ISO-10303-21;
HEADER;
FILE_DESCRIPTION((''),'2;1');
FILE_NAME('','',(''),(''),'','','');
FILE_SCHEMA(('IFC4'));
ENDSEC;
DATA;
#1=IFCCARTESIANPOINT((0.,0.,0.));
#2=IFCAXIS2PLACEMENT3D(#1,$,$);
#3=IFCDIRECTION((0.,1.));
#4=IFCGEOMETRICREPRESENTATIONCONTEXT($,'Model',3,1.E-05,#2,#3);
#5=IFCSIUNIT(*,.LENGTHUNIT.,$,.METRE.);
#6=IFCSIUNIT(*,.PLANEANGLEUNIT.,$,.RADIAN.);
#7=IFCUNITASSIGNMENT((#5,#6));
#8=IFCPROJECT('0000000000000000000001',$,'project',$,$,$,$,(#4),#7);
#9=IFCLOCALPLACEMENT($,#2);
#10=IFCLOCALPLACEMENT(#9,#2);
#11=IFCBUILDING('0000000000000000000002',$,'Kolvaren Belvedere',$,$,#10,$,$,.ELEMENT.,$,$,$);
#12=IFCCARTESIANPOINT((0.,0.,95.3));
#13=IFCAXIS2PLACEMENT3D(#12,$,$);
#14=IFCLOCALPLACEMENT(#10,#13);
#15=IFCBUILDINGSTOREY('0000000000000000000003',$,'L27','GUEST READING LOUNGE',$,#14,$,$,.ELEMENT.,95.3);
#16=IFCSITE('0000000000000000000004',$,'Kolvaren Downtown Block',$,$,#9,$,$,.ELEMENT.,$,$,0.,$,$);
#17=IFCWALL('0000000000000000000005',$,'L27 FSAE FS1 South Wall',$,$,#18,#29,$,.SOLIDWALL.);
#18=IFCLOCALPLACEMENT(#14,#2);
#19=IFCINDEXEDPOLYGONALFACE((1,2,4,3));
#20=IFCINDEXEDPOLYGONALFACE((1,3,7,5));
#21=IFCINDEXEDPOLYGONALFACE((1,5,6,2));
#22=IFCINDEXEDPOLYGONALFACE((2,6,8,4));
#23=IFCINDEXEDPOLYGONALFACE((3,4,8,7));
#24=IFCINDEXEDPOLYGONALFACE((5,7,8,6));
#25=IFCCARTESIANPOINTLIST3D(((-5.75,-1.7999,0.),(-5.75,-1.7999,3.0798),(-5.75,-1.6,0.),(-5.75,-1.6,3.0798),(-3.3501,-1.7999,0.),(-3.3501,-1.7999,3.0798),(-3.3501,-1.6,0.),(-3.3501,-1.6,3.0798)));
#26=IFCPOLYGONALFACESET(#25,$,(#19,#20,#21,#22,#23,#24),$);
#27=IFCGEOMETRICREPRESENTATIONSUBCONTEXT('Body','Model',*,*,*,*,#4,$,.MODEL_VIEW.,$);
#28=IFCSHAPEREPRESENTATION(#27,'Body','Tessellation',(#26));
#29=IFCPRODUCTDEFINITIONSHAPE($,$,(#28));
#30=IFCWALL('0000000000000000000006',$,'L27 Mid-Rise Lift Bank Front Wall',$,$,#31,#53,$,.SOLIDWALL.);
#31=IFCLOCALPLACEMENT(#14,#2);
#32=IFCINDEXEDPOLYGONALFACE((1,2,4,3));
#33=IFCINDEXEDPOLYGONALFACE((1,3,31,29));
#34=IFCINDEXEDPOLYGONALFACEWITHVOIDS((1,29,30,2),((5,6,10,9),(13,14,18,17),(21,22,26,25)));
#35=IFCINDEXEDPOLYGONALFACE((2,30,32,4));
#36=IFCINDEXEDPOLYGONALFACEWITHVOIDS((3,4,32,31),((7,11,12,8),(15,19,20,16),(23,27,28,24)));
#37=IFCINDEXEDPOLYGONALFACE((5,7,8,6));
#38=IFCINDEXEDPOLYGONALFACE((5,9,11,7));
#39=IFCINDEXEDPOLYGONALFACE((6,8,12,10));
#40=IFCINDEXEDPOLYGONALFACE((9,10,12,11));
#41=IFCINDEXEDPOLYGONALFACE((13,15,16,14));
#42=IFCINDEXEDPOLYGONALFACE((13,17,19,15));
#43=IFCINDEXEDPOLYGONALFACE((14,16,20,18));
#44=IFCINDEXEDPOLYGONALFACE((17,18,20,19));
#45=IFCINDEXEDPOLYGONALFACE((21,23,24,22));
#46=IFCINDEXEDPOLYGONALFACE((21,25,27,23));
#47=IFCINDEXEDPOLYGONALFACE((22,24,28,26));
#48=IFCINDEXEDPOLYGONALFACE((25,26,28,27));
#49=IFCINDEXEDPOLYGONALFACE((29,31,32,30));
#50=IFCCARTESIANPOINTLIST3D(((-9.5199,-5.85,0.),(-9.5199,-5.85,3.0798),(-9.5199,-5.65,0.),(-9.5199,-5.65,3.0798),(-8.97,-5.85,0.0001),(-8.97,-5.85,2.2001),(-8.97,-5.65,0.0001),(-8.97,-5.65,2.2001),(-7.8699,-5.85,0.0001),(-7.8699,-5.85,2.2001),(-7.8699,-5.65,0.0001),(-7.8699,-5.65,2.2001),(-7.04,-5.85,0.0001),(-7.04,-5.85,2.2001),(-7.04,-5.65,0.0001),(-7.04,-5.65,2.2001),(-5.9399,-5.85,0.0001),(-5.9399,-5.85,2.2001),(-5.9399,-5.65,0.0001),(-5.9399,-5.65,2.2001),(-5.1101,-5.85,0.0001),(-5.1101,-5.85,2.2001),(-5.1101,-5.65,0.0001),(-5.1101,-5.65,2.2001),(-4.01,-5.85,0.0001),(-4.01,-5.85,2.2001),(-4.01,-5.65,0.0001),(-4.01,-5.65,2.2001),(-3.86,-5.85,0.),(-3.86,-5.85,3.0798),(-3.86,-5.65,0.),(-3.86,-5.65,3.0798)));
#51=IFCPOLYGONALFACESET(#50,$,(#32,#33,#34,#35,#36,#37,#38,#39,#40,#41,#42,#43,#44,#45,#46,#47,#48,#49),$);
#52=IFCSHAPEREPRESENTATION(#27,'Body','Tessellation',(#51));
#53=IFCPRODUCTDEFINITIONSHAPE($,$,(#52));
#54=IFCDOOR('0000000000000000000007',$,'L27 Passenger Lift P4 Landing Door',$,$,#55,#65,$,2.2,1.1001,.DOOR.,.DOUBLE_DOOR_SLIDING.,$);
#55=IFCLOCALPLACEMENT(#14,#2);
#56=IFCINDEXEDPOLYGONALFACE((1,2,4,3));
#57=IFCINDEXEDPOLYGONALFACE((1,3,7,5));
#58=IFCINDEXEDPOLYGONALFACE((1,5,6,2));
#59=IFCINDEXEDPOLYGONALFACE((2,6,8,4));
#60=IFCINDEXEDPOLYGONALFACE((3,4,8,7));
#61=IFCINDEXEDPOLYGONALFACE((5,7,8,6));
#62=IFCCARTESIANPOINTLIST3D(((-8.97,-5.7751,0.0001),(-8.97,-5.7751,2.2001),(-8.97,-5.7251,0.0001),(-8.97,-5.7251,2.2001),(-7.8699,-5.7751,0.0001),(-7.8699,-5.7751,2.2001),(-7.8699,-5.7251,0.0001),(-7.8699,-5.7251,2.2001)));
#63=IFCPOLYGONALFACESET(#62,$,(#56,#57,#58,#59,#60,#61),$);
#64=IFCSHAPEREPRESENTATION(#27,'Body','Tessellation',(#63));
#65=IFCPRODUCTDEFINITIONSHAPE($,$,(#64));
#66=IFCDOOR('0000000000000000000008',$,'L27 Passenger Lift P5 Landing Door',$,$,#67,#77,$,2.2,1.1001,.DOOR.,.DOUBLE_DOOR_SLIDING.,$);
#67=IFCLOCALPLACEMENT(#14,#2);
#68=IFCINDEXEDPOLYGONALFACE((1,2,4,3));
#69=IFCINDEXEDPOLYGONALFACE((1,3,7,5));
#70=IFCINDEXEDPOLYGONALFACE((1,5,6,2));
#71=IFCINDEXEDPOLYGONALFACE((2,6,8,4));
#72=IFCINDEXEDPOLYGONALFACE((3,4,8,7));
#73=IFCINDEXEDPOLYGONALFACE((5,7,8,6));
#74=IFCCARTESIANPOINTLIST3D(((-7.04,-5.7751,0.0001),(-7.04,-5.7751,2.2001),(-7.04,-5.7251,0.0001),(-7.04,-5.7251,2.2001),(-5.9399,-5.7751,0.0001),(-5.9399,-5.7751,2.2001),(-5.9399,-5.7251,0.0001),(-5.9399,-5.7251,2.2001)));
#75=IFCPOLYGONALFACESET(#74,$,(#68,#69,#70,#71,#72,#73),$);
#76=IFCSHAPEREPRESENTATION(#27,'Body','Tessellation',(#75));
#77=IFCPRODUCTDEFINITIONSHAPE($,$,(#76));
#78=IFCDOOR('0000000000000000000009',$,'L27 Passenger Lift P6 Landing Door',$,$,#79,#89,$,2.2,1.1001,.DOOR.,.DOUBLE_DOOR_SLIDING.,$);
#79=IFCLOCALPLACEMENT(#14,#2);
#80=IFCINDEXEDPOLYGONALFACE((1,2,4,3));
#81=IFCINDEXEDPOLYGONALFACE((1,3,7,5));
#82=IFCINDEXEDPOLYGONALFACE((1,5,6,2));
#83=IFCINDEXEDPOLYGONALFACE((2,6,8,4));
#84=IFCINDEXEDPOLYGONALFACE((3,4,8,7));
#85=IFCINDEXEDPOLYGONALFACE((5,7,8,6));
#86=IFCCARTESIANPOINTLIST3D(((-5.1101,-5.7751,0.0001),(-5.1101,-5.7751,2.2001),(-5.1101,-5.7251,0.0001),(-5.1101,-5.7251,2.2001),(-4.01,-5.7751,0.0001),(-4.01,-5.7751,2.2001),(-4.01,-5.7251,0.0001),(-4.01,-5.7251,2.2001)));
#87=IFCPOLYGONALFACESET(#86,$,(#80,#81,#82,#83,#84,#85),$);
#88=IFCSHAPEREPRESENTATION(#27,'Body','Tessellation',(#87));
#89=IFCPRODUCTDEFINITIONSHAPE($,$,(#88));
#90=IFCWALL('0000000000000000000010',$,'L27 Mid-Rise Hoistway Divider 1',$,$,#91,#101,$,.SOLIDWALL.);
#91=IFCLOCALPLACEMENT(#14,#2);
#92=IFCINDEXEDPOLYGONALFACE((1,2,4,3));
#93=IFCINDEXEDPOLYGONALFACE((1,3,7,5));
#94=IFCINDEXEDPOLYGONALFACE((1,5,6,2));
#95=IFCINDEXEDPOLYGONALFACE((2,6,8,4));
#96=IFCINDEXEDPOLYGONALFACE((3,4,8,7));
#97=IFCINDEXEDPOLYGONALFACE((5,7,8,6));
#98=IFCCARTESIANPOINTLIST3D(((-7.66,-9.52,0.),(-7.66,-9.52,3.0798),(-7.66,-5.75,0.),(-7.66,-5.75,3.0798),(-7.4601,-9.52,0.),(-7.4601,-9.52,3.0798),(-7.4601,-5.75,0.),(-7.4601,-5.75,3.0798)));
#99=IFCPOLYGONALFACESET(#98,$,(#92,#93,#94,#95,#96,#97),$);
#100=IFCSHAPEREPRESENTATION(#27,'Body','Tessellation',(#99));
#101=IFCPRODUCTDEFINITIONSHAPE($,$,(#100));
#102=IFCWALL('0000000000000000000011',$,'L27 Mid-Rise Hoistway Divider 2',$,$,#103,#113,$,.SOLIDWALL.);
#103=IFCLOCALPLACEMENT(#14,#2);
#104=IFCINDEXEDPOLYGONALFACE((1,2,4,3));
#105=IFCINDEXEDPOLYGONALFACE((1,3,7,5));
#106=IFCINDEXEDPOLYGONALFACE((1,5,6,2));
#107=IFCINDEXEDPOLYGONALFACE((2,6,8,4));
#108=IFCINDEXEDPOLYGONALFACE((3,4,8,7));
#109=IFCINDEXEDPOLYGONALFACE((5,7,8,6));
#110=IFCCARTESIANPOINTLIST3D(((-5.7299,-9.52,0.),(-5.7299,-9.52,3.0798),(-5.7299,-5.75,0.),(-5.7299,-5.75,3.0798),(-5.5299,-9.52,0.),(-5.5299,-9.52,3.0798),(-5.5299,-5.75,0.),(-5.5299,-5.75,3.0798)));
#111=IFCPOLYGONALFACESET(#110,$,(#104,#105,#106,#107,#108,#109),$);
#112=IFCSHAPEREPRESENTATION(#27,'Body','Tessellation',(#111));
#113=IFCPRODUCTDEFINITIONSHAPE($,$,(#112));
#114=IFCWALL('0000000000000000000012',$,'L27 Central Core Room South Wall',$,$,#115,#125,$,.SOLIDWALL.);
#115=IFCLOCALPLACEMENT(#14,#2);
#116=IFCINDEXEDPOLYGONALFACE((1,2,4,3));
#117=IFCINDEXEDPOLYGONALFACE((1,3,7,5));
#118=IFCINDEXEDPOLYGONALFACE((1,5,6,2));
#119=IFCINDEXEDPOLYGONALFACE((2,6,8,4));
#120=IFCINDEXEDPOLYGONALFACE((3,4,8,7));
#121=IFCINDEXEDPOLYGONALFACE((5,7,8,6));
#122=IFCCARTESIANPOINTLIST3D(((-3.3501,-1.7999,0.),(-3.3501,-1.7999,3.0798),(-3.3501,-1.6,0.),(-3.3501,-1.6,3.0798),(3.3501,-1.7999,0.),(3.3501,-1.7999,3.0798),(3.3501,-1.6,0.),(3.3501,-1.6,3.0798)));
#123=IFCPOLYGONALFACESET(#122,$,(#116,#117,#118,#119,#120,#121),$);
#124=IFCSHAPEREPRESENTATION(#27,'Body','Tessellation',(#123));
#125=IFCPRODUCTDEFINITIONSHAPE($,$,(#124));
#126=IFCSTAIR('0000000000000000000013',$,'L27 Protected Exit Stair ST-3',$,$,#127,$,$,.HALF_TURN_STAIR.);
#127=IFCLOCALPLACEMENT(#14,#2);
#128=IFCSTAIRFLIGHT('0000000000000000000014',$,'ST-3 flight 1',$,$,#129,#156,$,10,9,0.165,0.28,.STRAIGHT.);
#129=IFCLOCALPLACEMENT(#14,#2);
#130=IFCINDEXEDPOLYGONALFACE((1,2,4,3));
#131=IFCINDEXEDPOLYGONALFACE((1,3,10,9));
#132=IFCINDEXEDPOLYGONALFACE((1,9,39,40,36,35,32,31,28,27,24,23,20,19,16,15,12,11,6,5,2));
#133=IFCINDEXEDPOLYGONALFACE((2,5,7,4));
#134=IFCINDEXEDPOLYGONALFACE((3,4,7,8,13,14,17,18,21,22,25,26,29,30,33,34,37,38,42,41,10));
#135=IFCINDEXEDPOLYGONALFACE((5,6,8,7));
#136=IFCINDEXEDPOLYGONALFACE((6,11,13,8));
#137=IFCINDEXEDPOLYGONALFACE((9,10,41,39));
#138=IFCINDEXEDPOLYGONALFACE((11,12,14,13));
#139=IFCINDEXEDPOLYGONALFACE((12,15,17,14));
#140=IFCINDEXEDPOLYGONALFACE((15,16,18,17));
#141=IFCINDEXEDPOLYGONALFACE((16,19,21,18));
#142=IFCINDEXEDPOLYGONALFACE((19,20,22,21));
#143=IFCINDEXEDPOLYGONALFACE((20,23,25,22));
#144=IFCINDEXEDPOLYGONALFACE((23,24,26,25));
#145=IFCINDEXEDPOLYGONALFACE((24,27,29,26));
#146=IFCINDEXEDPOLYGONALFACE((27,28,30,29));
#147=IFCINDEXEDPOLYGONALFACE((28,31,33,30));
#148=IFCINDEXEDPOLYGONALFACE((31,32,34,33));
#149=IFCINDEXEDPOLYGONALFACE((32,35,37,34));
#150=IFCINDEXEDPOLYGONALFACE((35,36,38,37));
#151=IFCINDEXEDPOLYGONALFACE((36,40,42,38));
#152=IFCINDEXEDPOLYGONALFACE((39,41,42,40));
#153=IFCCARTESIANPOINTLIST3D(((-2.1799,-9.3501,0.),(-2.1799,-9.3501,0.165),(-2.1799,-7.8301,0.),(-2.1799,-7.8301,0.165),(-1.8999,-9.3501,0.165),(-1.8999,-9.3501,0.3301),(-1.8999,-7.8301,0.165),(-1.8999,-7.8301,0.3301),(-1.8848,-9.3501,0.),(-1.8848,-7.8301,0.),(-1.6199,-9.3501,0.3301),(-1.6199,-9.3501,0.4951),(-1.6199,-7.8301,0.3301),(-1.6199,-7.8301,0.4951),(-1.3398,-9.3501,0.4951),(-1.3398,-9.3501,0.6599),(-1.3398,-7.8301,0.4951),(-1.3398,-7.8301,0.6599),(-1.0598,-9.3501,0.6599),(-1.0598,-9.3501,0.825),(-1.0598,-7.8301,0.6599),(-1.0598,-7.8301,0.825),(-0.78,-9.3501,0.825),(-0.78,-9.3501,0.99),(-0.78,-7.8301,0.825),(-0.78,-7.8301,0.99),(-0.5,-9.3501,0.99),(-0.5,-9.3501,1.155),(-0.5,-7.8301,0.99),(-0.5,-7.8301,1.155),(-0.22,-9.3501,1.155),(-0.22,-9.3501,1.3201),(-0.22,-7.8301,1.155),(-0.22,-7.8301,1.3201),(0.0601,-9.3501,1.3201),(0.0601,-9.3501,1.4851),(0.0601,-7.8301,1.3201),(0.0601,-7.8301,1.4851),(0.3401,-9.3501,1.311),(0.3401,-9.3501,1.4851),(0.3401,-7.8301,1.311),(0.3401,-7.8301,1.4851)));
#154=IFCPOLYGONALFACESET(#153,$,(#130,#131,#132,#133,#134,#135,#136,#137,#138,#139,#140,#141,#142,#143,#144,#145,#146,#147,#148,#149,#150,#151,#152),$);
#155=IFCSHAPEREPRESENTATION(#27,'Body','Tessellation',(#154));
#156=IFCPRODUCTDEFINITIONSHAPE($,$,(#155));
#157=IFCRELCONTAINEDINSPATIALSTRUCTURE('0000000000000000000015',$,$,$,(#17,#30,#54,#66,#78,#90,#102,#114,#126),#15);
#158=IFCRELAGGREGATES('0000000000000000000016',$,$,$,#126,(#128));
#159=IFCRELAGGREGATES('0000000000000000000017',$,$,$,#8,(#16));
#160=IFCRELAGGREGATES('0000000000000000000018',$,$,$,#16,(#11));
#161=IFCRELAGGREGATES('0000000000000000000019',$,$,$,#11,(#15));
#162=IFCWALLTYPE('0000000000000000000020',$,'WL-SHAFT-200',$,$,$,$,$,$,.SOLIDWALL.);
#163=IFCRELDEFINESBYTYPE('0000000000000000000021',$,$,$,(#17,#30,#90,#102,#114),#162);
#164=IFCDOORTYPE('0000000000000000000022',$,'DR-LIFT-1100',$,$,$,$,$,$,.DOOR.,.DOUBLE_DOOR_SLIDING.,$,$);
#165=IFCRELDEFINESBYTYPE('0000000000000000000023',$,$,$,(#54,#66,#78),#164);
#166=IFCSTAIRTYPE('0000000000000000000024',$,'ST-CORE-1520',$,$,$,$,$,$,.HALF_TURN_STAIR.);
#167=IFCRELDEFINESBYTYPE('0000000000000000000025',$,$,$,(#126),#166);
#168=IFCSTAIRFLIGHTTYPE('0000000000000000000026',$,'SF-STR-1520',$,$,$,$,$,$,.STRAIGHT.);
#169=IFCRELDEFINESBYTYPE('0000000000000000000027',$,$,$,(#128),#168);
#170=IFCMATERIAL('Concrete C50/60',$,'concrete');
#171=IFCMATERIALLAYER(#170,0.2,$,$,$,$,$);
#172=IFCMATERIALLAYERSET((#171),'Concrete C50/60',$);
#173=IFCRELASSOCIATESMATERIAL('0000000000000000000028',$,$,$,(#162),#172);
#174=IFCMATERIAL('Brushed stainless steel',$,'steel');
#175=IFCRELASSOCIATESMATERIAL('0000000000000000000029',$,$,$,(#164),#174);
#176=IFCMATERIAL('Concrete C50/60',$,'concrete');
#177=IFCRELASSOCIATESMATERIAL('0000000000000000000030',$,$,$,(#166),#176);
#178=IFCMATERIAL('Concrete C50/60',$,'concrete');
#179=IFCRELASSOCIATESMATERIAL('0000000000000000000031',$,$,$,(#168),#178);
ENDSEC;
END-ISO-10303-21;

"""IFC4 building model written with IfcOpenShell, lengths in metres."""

from ifc_helpers import new_model, si_unit, direction, frame, frame_2d, origin, place, context, subcontext, project, spatial, polyline, rectangle, outline, extrude, material, layer, layer_set, type_object, element, fill, aggregate, save


model = new_model("IFC4")

# Units and contexts
model_context = context("Model", 3, precision=1e-05, world=origin(), true_north=direction((0.0, 1.0)))
body_context = subcontext(model_context, "Body", "Model", "MODEL_VIEW")
ifc_project = project(units=[si_unit("LENGTHUNIT", "METRE"), si_unit("PLANEANGLEUNIT", "RADIAN")], contexts=[model_context])

# Site, building, storey
site_placement = place(None, origin())
site = spatial("IfcSite", under=ifc_project, at=site_placement, Name="Kolvaren Downtown Block", CompositionType="ELEMENT", RefElevation=0.0)
building_placement = place(site_placement, origin())
building = spatial("IfcBuilding", under=site, at=building_placement, Name="Kolvaren Belvedere", CompositionType="ELEMENT")
storey_placement = place(building_placement, frame((0.0, 0.0, 95.3)))
storey = spatial("IfcBuildingStorey", under=building, at=storey_placement, Name="L27", Description="GUEST READING LOUNGE", CompositionType="ELEMENT", Elevation=95.3)

# Shared definitions
ifc_material_1 = material(Name="Concrete C50/60", Category="concrete")
ifc_layer_1 = layer(ifc_material_1, 0.2)
ifc_layer_set_1 = layer_set([ifc_layer_1], Name="Concrete C50/60")
wall_type_1 = type_object("IfcWallType", Name="WL-SHAFT-200", PredefinedType="SOLIDWALL", material=ifc_layer_set_1)
ifc_material_2 = material(Name="Brushed stainless steel", Category="steel")
door_type_1 = type_object("IfcDoorType", Name="DR-LIFT-1100", OperationType="DOUBLE_DOOR_SLIDING", PredefinedType="DOOR", material=ifc_material_2)

# Wall
wall_1_placement = place(storey_placement, frame((-5.75, -1.7, 0.0), z_axis=(0.0, 0.0, 1.0), x_axis=(1.0, 0.0, 0.0)))
element("IfcWall", 1, at=wall_1_placement, inside=storey, type_object=wall_type_1, Name="L27 FSAE FS1 South Wall", PredefinedType="SOLIDWALL", context=body_context, shape_type="SweptSolid", body=[
    extrude(rectangle(XDim=2.3999, YDim=0.2, at=frame_2d((1.2, 0.0))), origin(), (0.0, 0.0, 1.0), 3.0798),
])

# Wall, openings, doors
wall_2_placement = place(storey_placement, frame((-9.52, -5.75, 0.0), z_axis=(0.0, 0.0, 1.0), x_axis=(1.0, 0.0, 0.0)))
wall_2 = element("IfcWall", 2, at=wall_2_placement, inside=storey, type_object=wall_type_1, Name="L27 Mid-Rise Lift Bank Front Wall", PredefinedType="SOLIDWALL", context=body_context, shape_type="SweptSolid", body=[
    extrude(rectangle(XDim=5.6599, YDim=0.2, at=frame_2d((2.8301, 0.0))), origin(), (0.0, 0.0, 1.0), 3.0798),
])
opening_1_placement = place(wall_2_placement, frame((0.55, 0.0, 0.0)))
opening_1 = element("IfcOpeningElement", 3, at=opening_1_placement, cuts=wall_2, PredefinedType="OPENING", context=body_context, shape_type="SweptSolid", body=[
    extrude(rectangle(XDim=1.1001, YDim=2.2, at=frame_2d((0.55, 1.1001))), frame((0.0, 0.1099, 0.0), z_axis=(0.0, -1.0, 0.0), x_axis=(1.0, 0.0, 0.0)), (0.0, 0.0, 1.0), 0.22),
])
opening_2_placement = place(wall_2_placement, frame((2.48, 0.0, 0.0)))
opening_2 = element("IfcOpeningElement", 4, at=opening_2_placement, cuts=wall_2, PredefinedType="OPENING", context=body_context, shape_type="SweptSolid", body=[
    extrude(rectangle(XDim=1.1001, YDim=2.2, at=frame_2d((0.55, 1.1001))), frame((0.0, 0.1099, 0.0), z_axis=(0.0, -1.0, 0.0), x_axis=(1.0, 0.0, 0.0)), (0.0, 0.0, 1.0), 0.22),
])
opening_3_placement = place(wall_2_placement, frame((4.4099, 0.0, 0.0)))
opening_3 = element("IfcOpeningElement", 5, at=opening_3_placement, cuts=wall_2, PredefinedType="OPENING", context=body_context, shape_type="SweptSolid", body=[
    extrude(rectangle(XDim=1.1001, YDim=2.2, at=frame_2d((0.55, 1.1001))), frame((0.0, 0.1099, 0.0), z_axis=(0.0, -1.0, 0.0), x_axis=(1.0, 0.0, 0.0)), (0.0, 0.0, 1.0), 0.22),
])
door_1_placement = place(opening_1_placement, origin())
door_1 = element("IfcDoor", 6, at=door_1_placement, inside=storey, type_object=door_type_1, Name="L27 Passenger Lift P4 Landing Door", OperationType="DOUBLE_DOOR_SLIDING", OverallHeight=2.2, OverallWidth=1.1001, PredefinedType="DOOR", context=body_context, shape_type="SweptSolid", body=[
    extrude(rectangle(XDim=1.1001, YDim=2.2, at=frame_2d((0.55, 1.1001))), frame((0.0, 0.0249, 0.0), z_axis=(0.0, -1.0, 0.0), x_axis=(1.0, 0.0, 0.0)), (0.0, 0.0, 1.0), 0.05),
])
fill(opening_1, door_1)
door_2_placement = place(opening_2_placement, origin())
door_2 = element("IfcDoor", 7, at=door_2_placement, inside=storey, type_object=door_type_1, Name="L27 Passenger Lift P5 Landing Door", OperationType="DOUBLE_DOOR_SLIDING", OverallHeight=2.2, OverallWidth=1.1001, PredefinedType="DOOR", context=body_context, shape_type="SweptSolid", body=[
    extrude(rectangle(XDim=1.1001, YDim=2.2, at=frame_2d((0.55, 1.1001))), frame((0.0, 0.0249, 0.0), z_axis=(0.0, -1.0, 0.0), x_axis=(1.0, 0.0, 0.0)), (0.0, 0.0, 1.0), 0.05),
])
fill(opening_2, door_2)
door_3_placement = place(opening_3_placement, origin())
door_3 = element("IfcDoor", 8, at=door_3_placement, inside=storey, type_object=door_type_1, Name="L27 Passenger Lift P6 Landing Door", OperationType="DOUBLE_DOOR_SLIDING", OverallHeight=2.2, OverallWidth=1.1001, PredefinedType="DOOR", context=body_context, shape_type="SweptSolid", body=[
    extrude(rectangle(XDim=1.1001, YDim=2.2, at=frame_2d((0.55, 1.1001))), frame((0.0, 0.0249, 0.0), z_axis=(0.0, -1.0, 0.0), x_axis=(1.0, 0.0, 0.0)), (0.0, 0.0, 1.0), 0.05),
])
fill(opening_3, door_3)

# Walls
for number, where, z_axis, x_axis, name in (
    (9, (-7.5601, -9.52, 0.0), (0.0, 0.0, 1.0), (0.0, 1.0, 0.0), "L27 Mid-Rise Hoistway Divider 1"),
    (10, (-5.6299, -9.52, 0.0), (0.0, 0.0, 1.0), (0.0, 1.0, 0.0), "L27 Mid-Rise Hoistway Divider 2"),
):
    element("IfcWall", number, at=place(storey_placement, frame(where, z_axis=z_axis, x_axis=x_axis)), inside=storey, type_object=wall_type_1, Name=name, PredefinedType="SOLIDWALL", context=body_context, shape_type="SweptSolid", body=[
        extrude(rectangle(XDim=3.77, YDim=0.2, at=frame_2d((1.885, 0.0))), origin(), (0.0, 0.0, 1.0), 3.0798),
    ])
wall_3_placement = place(storey_placement, frame((-3.3501, -1.7, 0.0), z_axis=(0.0, 0.0, 1.0), x_axis=(1.0, 0.0, 0.0)))
element("IfcWall", 11, at=wall_3_placement, inside=storey, type_object=wall_type_1, Name="L27 Central Core Room South Wall", PredefinedType="SOLIDWALL", context=body_context, shape_type="SweptSolid", body=[
    extrude(rectangle(XDim=6.7002, YDim=0.2, at=frame_2d((3.3501, 0.0))), origin(), (0.0, 0.0, 1.0), 3.0798),
])

# Stair, stair flight
ifc_material_3 = material(Name="Concrete C50/60", Category="concrete")
stair_type = type_object("IfcStairType", Name="ST-CORE-1520", PredefinedType="HALF_TURN_STAIR", material=ifc_material_3)
stair_placement = place(storey_placement, origin())
stair = element("IfcStair", 12, at=stair_placement, inside=storey, type_object=stair_type, Name="L27 Protected Exit Stair ST-3", PredefinedType="HALF_TURN_STAIR")
ifc_material_4 = material(Name="Concrete C50/60", Category="concrete")
stair_flight_type = type_object("IfcStairFlightType", Name="SF-STR-1520", PredefinedType="STRAIGHT", material=ifc_material_4)
stair_flight_placement = place(storey_placement, frame((-2.1799, -8.5901, 0.0), z_axis=(0.0, 0.0, 1.0), x_axis=(1.0, 0.0, 0.0)))
stair_flight = element("IfcStairFlight", 13, at=stair_flight_placement, type_object=stair_flight_type, Name="ST-3 flight 1", NumberOfRisers=10, NumberOfTreads=9, PredefinedType="STRAIGHT", RiserHeight=0.165, TreadLength=0.28, context=body_context, shape_type="SweptSolid", body=[
    extrude(outline(polyline([(0.0, 0.0), (0.0, 0.165), (0.28, 0.165), (0.28, 0.3301), (0.5601, 0.3301), (0.5601, 0.4951), (0.8401, 0.4951), (0.8401, 0.6599), (1.1201, 0.6599), (1.1201, 0.825), (1.3999, 0.825), (1.3999, 0.99), (1.6799, 0.99), (1.6799, 1.155), (1.96, 1.155), (1.96, 1.3201), (2.24, 1.3201), (2.24, 1.4851), (2.52, 1.4851), (2.52, 1.6499), (2.52, 1.311), (0.2952, 0.0), (0.0, 0.0)])), frame((0.0, 0.76, 0.0), z_axis=(0.0, -1.0, 0.0), x_axis=(1.0, 0.0, 0.0)), (0.0, 0.0, 1.0), 1.52),
])
aggregate(stair, [stair_flight])

save(model, "model.ifc")
